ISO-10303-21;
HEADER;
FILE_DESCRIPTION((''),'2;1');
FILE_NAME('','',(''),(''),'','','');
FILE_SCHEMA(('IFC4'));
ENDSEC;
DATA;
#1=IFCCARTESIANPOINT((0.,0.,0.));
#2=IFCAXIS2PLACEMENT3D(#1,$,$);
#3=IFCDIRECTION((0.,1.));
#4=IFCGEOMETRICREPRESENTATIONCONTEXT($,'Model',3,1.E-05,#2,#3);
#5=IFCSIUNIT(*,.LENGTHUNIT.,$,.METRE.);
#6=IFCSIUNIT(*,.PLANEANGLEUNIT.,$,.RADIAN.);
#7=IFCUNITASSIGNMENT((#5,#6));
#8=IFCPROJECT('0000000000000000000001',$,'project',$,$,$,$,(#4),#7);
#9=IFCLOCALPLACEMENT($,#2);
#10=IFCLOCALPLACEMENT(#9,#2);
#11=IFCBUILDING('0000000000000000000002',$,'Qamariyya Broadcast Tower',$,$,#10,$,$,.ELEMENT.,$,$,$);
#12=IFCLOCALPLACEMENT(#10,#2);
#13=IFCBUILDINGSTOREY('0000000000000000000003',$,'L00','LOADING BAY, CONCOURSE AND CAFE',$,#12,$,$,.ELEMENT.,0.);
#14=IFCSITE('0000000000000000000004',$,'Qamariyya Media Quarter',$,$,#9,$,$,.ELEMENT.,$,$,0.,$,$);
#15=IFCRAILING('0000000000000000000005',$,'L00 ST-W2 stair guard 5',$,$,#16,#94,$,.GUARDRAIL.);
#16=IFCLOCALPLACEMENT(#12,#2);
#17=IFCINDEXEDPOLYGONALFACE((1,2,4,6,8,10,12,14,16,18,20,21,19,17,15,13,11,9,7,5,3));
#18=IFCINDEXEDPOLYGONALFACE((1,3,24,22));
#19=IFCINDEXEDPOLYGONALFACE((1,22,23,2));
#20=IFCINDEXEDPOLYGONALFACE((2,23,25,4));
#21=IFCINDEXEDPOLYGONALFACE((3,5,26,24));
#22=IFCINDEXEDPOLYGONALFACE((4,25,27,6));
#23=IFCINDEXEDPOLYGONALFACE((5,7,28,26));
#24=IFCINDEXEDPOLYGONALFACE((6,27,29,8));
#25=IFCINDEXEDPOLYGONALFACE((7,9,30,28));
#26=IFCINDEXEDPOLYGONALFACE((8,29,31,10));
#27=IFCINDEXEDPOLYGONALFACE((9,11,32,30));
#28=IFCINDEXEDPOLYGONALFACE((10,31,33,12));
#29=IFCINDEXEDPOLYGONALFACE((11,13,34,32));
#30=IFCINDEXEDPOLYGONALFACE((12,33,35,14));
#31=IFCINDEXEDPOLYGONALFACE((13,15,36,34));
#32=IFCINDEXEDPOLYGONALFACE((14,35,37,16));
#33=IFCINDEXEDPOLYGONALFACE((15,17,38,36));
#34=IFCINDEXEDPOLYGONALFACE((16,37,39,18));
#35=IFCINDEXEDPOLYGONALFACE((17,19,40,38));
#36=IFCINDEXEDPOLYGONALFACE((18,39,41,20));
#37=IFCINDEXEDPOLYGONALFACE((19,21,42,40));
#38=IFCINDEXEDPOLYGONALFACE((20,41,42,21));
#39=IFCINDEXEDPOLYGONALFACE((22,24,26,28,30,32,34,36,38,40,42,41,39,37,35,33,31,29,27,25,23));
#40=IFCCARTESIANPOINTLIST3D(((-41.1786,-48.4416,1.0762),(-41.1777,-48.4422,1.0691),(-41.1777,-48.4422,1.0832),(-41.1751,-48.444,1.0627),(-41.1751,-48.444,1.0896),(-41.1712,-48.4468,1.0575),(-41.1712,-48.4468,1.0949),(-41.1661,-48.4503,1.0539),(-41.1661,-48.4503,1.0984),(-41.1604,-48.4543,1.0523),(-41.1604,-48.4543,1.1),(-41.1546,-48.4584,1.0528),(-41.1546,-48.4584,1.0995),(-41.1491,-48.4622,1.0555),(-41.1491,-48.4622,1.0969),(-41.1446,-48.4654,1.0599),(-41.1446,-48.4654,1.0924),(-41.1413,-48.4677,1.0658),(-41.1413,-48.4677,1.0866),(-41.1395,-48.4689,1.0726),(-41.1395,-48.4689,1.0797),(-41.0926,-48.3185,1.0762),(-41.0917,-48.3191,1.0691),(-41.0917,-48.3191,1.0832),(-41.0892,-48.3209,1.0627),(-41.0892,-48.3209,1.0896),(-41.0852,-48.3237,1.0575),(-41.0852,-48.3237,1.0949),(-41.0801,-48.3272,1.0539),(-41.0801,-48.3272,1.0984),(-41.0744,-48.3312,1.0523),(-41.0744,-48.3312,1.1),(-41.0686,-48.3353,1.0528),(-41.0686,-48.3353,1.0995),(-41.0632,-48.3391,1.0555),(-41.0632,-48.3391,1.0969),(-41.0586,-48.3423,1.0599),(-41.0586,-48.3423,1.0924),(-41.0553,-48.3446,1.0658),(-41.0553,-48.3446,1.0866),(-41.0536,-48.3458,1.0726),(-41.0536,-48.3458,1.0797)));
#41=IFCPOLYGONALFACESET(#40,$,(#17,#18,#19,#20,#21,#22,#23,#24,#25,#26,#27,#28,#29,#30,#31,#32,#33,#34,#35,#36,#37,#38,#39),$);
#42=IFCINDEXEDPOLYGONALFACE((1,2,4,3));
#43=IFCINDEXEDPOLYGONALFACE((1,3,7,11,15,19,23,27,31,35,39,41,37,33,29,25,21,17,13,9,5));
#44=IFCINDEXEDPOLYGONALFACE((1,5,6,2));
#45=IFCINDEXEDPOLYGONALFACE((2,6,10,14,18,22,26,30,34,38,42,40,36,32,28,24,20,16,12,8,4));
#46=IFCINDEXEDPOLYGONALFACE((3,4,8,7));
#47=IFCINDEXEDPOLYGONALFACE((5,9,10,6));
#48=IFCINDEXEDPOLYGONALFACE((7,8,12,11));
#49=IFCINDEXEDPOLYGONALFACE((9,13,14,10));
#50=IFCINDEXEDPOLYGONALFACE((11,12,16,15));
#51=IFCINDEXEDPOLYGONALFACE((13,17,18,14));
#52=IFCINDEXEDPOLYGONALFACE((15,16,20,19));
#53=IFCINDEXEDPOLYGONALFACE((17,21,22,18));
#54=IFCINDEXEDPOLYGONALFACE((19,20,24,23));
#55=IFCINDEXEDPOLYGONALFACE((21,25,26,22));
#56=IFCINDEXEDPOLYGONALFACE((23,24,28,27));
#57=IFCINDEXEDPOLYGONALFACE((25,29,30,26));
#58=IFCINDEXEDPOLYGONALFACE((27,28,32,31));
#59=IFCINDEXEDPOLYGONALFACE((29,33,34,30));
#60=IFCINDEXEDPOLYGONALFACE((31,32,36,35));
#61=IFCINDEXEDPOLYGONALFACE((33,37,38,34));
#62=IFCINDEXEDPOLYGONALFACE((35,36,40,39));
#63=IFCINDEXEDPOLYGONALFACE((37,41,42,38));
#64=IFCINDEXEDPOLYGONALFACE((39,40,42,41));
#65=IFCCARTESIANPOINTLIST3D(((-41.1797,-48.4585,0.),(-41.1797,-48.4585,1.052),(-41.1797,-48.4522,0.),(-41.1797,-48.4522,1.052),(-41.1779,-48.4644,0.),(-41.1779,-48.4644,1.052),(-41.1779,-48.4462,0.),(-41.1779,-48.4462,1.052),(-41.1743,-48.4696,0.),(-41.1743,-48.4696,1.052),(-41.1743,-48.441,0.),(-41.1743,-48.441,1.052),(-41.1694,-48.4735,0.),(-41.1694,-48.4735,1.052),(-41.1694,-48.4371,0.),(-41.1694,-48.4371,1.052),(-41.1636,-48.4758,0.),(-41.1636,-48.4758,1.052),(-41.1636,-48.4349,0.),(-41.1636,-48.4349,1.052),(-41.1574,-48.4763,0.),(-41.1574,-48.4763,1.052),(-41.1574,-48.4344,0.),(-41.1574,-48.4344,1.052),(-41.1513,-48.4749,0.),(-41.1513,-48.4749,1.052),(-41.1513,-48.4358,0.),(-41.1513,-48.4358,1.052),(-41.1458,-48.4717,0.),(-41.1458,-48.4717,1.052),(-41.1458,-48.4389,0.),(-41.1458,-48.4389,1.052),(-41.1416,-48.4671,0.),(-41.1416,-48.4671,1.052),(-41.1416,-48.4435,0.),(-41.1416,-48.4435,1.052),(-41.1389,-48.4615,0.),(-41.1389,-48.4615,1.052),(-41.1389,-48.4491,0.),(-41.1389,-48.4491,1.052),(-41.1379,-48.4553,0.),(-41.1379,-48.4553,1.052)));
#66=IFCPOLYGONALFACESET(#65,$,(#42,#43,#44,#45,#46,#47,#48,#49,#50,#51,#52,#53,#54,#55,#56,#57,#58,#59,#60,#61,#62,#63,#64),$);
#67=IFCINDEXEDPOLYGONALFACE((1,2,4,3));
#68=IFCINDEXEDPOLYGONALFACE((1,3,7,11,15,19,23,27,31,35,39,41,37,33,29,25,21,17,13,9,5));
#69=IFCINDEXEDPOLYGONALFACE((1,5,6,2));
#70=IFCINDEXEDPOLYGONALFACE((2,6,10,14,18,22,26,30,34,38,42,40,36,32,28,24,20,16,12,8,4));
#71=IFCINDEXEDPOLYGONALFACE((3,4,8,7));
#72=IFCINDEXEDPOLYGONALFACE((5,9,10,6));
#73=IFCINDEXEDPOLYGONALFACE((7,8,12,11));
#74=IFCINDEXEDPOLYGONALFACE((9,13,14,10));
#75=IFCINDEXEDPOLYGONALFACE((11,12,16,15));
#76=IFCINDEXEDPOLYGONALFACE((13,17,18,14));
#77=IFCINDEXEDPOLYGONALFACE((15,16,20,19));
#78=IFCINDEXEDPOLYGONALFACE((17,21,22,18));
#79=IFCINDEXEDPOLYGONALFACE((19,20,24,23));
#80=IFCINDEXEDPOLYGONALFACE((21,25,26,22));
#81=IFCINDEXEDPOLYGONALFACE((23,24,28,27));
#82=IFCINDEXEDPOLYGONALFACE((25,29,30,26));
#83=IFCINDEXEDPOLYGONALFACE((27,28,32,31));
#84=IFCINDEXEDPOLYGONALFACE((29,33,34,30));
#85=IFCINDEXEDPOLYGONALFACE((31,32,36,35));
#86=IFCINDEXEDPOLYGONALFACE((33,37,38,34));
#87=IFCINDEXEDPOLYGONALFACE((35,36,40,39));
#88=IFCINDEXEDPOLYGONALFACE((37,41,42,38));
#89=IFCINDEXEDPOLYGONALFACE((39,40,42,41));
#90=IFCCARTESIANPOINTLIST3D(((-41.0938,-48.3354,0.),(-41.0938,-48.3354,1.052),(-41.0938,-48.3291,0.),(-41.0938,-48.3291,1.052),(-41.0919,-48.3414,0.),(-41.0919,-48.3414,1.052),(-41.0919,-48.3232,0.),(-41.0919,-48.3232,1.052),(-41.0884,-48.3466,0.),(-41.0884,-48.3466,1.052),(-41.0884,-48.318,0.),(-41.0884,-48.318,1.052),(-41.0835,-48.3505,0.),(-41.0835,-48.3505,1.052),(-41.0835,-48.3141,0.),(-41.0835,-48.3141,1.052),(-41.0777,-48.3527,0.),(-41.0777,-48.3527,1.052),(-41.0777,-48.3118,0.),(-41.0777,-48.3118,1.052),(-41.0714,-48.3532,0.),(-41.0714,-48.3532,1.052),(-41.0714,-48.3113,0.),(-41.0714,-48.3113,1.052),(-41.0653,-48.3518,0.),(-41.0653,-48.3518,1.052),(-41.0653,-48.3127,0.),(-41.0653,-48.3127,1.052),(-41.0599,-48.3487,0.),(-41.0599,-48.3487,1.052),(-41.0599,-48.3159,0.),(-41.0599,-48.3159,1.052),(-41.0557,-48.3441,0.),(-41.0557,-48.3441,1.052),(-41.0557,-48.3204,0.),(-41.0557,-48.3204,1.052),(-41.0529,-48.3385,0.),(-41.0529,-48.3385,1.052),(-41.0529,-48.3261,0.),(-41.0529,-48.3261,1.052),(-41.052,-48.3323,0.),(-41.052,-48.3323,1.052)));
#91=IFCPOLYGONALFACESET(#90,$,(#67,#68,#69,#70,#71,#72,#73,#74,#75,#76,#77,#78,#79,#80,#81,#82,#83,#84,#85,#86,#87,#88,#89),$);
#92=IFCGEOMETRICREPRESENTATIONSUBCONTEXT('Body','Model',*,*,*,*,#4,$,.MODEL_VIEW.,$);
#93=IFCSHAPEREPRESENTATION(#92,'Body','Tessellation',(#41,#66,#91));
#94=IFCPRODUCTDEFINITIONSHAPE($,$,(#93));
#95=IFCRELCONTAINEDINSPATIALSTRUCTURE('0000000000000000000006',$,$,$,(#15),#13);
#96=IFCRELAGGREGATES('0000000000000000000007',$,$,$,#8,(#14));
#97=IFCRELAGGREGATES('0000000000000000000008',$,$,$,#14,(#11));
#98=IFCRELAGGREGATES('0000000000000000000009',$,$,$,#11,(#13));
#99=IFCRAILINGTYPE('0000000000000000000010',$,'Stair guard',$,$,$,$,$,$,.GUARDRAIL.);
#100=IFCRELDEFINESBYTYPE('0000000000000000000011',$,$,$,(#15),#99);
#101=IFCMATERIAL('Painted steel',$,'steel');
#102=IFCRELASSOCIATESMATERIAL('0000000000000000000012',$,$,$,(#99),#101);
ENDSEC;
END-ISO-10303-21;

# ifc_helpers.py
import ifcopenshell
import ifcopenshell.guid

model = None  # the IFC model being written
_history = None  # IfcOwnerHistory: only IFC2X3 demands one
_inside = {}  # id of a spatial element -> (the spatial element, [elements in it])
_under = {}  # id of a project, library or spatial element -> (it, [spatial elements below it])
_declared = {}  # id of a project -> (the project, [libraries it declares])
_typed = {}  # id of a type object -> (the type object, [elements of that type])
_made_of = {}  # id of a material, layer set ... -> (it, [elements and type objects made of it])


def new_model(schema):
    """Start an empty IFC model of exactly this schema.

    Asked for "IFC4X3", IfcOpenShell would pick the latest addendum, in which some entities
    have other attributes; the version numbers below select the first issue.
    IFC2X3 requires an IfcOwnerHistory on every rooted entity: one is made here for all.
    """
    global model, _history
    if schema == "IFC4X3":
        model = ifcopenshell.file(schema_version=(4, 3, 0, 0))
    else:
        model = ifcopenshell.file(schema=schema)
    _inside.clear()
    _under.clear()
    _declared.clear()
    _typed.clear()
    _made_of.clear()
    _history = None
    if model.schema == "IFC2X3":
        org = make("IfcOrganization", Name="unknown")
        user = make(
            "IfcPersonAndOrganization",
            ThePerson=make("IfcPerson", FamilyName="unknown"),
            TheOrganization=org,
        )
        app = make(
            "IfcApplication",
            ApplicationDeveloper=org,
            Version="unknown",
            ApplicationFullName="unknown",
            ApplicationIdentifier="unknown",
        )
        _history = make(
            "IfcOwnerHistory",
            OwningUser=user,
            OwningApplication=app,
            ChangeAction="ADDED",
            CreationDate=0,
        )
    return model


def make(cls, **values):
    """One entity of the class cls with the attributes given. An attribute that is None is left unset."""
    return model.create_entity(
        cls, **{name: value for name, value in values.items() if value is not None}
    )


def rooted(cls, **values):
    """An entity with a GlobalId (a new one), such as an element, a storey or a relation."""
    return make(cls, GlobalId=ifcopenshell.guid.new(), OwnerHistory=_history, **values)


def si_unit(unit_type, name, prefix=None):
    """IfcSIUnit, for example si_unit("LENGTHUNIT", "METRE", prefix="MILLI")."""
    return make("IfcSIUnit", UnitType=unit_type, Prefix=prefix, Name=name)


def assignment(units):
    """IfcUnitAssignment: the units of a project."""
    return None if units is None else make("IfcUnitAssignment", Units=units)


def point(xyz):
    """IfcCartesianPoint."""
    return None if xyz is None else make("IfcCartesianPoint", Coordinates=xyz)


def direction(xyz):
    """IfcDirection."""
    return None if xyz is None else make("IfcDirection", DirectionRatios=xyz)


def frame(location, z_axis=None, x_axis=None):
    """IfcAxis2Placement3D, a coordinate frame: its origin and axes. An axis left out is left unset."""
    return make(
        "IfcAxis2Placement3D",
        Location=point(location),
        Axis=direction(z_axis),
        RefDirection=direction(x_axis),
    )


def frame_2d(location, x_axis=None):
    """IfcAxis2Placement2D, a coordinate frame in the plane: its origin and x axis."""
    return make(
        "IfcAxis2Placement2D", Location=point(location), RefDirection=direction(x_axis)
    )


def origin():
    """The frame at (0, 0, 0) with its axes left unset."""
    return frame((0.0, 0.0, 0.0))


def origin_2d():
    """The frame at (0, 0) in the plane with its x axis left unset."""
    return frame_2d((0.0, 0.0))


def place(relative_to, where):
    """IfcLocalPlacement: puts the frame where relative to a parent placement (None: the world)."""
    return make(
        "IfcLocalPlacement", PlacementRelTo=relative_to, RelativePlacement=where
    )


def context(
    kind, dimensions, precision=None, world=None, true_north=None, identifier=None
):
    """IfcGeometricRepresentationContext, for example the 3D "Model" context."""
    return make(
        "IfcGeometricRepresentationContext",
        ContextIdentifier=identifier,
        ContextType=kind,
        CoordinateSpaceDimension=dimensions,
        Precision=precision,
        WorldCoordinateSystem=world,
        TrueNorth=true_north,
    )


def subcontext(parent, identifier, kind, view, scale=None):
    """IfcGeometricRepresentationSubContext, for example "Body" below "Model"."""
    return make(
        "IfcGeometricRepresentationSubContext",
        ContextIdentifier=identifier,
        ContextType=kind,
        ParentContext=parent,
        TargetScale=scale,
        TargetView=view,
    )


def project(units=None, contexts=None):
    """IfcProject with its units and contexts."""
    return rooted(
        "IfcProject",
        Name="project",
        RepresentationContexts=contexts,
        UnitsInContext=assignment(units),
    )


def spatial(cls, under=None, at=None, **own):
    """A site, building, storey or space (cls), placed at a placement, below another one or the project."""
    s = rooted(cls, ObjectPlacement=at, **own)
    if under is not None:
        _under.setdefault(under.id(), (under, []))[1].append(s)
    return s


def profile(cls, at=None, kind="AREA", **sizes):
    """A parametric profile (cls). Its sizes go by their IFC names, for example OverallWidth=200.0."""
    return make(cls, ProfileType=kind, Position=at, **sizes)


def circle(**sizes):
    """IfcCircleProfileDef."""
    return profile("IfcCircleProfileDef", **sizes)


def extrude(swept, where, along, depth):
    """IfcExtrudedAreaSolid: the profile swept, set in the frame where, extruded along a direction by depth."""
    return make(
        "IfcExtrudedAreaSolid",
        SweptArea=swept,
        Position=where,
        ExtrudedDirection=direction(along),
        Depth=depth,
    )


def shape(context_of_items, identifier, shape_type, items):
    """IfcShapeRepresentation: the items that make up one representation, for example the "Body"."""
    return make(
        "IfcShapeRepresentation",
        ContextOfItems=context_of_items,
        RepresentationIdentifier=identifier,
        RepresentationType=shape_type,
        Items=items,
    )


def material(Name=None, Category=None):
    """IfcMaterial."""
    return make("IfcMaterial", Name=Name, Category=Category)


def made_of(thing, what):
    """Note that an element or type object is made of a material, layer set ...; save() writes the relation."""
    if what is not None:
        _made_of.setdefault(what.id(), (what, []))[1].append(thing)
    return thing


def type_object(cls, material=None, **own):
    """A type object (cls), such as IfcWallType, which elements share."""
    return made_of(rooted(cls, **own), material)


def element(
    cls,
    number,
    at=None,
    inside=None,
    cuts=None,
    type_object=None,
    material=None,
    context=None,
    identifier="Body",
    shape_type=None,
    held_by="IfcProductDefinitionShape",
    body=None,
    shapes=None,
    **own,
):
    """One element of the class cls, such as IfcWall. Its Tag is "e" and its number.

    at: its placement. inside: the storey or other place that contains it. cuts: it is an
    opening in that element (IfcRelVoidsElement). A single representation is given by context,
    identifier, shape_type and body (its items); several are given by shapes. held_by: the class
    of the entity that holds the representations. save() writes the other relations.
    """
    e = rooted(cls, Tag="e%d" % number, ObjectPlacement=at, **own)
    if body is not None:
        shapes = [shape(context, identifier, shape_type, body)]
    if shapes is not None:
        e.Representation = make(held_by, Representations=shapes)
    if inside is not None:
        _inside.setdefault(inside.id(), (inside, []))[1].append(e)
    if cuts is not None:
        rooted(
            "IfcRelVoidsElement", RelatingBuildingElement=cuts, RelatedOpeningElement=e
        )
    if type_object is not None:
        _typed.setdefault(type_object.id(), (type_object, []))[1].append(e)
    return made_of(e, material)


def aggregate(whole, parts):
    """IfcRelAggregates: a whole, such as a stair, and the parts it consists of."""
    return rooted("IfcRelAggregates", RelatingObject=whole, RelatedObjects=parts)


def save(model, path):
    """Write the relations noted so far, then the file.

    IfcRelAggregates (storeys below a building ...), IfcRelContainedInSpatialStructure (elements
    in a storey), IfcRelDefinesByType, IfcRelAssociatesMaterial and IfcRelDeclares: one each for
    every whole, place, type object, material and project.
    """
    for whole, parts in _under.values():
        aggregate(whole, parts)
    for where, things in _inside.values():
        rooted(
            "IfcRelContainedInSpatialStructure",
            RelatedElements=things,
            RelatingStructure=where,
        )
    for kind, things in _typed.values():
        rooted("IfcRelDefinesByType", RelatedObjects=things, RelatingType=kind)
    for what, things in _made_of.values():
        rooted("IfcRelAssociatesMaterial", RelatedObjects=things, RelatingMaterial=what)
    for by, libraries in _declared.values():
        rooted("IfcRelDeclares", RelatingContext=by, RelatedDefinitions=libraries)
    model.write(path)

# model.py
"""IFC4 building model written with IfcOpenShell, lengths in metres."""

from ifc_helpers import new_model, si_unit, direction, frame, origin, origin_2d, place, context, subcontext, project, spatial, circle, extrude, material, type_object, element, save


model = new_model("IFC4")

# Units and contexts
model_context = context("Model", 3, precision=1e-05, world=origin(), true_north=direction((0.0, 1.0)))
body_context = subcontext(model_context, "Body", "Model", "MODEL_VIEW")
ifc_project = project(units=[si_unit("LENGTHUNIT", "METRE"), si_unit("PLANEANGLEUNIT", "RADIAN")], contexts=[model_context])

# Site, building, storey
site_placement = place(None, origin())
site = spatial("IfcSite", under=ifc_project, at=site_placement, Name="Qamariyya Media Quarter", CompositionType="ELEMENT", RefElevation=0.0)
building_placement = place(site_placement, origin())
building = spatial("IfcBuilding", under=site, at=building_placement, Name="Qamariyya Broadcast Tower", CompositionType="ELEMENT")
storey_placement = place(building_placement, origin())
storey = spatial("IfcBuildingStorey", under=building, at=storey_placement, Name="L00", Description="LOADING BAY, CONCOURSE AND CAFE", CompositionType="ELEMENT", Elevation=0.0)

# Railing
ifc_material_1 = material(Name="Painted steel", Category="steel")
railing_type_1 = type_object("IfcRailingType", Name="Stair guard", PredefinedType="GUARDRAIL", material=ifc_material_1)
railing_1_placement = place(storey_placement, frame((-41.1589, -48.4553, 0.0)))
element("IfcRailing", 1, at=railing_1_placement, inside=storey, type_object=railing_type_1, Name="L00 ST-W2 stair guard 5", PredefinedType="GUARDRAIL", context=body_context, shape_type="SweptSolid", body=[
    extrude(circle(Radius=0.0239, at=origin_2d()), frame((0.0, 0.0, 1.0762), z_axis=(0.572589, 0.819843, 0.0), x_axis=(-0.819843, 0.572589, 0.0)), (0.0, 0.0, 1.0), 0.1501),
    extrude(circle(Radius=0.021, at=origin_2d()), origin(), (0.0, 0.0, 1.0), 1.052),
    extrude(circle(Radius=0.021, at=origin_2d()), frame((0.0859, 0.123, 0.0)), (0.0, 0.0, 1.0), 1.052),
])

save(model, "model.ifc")
